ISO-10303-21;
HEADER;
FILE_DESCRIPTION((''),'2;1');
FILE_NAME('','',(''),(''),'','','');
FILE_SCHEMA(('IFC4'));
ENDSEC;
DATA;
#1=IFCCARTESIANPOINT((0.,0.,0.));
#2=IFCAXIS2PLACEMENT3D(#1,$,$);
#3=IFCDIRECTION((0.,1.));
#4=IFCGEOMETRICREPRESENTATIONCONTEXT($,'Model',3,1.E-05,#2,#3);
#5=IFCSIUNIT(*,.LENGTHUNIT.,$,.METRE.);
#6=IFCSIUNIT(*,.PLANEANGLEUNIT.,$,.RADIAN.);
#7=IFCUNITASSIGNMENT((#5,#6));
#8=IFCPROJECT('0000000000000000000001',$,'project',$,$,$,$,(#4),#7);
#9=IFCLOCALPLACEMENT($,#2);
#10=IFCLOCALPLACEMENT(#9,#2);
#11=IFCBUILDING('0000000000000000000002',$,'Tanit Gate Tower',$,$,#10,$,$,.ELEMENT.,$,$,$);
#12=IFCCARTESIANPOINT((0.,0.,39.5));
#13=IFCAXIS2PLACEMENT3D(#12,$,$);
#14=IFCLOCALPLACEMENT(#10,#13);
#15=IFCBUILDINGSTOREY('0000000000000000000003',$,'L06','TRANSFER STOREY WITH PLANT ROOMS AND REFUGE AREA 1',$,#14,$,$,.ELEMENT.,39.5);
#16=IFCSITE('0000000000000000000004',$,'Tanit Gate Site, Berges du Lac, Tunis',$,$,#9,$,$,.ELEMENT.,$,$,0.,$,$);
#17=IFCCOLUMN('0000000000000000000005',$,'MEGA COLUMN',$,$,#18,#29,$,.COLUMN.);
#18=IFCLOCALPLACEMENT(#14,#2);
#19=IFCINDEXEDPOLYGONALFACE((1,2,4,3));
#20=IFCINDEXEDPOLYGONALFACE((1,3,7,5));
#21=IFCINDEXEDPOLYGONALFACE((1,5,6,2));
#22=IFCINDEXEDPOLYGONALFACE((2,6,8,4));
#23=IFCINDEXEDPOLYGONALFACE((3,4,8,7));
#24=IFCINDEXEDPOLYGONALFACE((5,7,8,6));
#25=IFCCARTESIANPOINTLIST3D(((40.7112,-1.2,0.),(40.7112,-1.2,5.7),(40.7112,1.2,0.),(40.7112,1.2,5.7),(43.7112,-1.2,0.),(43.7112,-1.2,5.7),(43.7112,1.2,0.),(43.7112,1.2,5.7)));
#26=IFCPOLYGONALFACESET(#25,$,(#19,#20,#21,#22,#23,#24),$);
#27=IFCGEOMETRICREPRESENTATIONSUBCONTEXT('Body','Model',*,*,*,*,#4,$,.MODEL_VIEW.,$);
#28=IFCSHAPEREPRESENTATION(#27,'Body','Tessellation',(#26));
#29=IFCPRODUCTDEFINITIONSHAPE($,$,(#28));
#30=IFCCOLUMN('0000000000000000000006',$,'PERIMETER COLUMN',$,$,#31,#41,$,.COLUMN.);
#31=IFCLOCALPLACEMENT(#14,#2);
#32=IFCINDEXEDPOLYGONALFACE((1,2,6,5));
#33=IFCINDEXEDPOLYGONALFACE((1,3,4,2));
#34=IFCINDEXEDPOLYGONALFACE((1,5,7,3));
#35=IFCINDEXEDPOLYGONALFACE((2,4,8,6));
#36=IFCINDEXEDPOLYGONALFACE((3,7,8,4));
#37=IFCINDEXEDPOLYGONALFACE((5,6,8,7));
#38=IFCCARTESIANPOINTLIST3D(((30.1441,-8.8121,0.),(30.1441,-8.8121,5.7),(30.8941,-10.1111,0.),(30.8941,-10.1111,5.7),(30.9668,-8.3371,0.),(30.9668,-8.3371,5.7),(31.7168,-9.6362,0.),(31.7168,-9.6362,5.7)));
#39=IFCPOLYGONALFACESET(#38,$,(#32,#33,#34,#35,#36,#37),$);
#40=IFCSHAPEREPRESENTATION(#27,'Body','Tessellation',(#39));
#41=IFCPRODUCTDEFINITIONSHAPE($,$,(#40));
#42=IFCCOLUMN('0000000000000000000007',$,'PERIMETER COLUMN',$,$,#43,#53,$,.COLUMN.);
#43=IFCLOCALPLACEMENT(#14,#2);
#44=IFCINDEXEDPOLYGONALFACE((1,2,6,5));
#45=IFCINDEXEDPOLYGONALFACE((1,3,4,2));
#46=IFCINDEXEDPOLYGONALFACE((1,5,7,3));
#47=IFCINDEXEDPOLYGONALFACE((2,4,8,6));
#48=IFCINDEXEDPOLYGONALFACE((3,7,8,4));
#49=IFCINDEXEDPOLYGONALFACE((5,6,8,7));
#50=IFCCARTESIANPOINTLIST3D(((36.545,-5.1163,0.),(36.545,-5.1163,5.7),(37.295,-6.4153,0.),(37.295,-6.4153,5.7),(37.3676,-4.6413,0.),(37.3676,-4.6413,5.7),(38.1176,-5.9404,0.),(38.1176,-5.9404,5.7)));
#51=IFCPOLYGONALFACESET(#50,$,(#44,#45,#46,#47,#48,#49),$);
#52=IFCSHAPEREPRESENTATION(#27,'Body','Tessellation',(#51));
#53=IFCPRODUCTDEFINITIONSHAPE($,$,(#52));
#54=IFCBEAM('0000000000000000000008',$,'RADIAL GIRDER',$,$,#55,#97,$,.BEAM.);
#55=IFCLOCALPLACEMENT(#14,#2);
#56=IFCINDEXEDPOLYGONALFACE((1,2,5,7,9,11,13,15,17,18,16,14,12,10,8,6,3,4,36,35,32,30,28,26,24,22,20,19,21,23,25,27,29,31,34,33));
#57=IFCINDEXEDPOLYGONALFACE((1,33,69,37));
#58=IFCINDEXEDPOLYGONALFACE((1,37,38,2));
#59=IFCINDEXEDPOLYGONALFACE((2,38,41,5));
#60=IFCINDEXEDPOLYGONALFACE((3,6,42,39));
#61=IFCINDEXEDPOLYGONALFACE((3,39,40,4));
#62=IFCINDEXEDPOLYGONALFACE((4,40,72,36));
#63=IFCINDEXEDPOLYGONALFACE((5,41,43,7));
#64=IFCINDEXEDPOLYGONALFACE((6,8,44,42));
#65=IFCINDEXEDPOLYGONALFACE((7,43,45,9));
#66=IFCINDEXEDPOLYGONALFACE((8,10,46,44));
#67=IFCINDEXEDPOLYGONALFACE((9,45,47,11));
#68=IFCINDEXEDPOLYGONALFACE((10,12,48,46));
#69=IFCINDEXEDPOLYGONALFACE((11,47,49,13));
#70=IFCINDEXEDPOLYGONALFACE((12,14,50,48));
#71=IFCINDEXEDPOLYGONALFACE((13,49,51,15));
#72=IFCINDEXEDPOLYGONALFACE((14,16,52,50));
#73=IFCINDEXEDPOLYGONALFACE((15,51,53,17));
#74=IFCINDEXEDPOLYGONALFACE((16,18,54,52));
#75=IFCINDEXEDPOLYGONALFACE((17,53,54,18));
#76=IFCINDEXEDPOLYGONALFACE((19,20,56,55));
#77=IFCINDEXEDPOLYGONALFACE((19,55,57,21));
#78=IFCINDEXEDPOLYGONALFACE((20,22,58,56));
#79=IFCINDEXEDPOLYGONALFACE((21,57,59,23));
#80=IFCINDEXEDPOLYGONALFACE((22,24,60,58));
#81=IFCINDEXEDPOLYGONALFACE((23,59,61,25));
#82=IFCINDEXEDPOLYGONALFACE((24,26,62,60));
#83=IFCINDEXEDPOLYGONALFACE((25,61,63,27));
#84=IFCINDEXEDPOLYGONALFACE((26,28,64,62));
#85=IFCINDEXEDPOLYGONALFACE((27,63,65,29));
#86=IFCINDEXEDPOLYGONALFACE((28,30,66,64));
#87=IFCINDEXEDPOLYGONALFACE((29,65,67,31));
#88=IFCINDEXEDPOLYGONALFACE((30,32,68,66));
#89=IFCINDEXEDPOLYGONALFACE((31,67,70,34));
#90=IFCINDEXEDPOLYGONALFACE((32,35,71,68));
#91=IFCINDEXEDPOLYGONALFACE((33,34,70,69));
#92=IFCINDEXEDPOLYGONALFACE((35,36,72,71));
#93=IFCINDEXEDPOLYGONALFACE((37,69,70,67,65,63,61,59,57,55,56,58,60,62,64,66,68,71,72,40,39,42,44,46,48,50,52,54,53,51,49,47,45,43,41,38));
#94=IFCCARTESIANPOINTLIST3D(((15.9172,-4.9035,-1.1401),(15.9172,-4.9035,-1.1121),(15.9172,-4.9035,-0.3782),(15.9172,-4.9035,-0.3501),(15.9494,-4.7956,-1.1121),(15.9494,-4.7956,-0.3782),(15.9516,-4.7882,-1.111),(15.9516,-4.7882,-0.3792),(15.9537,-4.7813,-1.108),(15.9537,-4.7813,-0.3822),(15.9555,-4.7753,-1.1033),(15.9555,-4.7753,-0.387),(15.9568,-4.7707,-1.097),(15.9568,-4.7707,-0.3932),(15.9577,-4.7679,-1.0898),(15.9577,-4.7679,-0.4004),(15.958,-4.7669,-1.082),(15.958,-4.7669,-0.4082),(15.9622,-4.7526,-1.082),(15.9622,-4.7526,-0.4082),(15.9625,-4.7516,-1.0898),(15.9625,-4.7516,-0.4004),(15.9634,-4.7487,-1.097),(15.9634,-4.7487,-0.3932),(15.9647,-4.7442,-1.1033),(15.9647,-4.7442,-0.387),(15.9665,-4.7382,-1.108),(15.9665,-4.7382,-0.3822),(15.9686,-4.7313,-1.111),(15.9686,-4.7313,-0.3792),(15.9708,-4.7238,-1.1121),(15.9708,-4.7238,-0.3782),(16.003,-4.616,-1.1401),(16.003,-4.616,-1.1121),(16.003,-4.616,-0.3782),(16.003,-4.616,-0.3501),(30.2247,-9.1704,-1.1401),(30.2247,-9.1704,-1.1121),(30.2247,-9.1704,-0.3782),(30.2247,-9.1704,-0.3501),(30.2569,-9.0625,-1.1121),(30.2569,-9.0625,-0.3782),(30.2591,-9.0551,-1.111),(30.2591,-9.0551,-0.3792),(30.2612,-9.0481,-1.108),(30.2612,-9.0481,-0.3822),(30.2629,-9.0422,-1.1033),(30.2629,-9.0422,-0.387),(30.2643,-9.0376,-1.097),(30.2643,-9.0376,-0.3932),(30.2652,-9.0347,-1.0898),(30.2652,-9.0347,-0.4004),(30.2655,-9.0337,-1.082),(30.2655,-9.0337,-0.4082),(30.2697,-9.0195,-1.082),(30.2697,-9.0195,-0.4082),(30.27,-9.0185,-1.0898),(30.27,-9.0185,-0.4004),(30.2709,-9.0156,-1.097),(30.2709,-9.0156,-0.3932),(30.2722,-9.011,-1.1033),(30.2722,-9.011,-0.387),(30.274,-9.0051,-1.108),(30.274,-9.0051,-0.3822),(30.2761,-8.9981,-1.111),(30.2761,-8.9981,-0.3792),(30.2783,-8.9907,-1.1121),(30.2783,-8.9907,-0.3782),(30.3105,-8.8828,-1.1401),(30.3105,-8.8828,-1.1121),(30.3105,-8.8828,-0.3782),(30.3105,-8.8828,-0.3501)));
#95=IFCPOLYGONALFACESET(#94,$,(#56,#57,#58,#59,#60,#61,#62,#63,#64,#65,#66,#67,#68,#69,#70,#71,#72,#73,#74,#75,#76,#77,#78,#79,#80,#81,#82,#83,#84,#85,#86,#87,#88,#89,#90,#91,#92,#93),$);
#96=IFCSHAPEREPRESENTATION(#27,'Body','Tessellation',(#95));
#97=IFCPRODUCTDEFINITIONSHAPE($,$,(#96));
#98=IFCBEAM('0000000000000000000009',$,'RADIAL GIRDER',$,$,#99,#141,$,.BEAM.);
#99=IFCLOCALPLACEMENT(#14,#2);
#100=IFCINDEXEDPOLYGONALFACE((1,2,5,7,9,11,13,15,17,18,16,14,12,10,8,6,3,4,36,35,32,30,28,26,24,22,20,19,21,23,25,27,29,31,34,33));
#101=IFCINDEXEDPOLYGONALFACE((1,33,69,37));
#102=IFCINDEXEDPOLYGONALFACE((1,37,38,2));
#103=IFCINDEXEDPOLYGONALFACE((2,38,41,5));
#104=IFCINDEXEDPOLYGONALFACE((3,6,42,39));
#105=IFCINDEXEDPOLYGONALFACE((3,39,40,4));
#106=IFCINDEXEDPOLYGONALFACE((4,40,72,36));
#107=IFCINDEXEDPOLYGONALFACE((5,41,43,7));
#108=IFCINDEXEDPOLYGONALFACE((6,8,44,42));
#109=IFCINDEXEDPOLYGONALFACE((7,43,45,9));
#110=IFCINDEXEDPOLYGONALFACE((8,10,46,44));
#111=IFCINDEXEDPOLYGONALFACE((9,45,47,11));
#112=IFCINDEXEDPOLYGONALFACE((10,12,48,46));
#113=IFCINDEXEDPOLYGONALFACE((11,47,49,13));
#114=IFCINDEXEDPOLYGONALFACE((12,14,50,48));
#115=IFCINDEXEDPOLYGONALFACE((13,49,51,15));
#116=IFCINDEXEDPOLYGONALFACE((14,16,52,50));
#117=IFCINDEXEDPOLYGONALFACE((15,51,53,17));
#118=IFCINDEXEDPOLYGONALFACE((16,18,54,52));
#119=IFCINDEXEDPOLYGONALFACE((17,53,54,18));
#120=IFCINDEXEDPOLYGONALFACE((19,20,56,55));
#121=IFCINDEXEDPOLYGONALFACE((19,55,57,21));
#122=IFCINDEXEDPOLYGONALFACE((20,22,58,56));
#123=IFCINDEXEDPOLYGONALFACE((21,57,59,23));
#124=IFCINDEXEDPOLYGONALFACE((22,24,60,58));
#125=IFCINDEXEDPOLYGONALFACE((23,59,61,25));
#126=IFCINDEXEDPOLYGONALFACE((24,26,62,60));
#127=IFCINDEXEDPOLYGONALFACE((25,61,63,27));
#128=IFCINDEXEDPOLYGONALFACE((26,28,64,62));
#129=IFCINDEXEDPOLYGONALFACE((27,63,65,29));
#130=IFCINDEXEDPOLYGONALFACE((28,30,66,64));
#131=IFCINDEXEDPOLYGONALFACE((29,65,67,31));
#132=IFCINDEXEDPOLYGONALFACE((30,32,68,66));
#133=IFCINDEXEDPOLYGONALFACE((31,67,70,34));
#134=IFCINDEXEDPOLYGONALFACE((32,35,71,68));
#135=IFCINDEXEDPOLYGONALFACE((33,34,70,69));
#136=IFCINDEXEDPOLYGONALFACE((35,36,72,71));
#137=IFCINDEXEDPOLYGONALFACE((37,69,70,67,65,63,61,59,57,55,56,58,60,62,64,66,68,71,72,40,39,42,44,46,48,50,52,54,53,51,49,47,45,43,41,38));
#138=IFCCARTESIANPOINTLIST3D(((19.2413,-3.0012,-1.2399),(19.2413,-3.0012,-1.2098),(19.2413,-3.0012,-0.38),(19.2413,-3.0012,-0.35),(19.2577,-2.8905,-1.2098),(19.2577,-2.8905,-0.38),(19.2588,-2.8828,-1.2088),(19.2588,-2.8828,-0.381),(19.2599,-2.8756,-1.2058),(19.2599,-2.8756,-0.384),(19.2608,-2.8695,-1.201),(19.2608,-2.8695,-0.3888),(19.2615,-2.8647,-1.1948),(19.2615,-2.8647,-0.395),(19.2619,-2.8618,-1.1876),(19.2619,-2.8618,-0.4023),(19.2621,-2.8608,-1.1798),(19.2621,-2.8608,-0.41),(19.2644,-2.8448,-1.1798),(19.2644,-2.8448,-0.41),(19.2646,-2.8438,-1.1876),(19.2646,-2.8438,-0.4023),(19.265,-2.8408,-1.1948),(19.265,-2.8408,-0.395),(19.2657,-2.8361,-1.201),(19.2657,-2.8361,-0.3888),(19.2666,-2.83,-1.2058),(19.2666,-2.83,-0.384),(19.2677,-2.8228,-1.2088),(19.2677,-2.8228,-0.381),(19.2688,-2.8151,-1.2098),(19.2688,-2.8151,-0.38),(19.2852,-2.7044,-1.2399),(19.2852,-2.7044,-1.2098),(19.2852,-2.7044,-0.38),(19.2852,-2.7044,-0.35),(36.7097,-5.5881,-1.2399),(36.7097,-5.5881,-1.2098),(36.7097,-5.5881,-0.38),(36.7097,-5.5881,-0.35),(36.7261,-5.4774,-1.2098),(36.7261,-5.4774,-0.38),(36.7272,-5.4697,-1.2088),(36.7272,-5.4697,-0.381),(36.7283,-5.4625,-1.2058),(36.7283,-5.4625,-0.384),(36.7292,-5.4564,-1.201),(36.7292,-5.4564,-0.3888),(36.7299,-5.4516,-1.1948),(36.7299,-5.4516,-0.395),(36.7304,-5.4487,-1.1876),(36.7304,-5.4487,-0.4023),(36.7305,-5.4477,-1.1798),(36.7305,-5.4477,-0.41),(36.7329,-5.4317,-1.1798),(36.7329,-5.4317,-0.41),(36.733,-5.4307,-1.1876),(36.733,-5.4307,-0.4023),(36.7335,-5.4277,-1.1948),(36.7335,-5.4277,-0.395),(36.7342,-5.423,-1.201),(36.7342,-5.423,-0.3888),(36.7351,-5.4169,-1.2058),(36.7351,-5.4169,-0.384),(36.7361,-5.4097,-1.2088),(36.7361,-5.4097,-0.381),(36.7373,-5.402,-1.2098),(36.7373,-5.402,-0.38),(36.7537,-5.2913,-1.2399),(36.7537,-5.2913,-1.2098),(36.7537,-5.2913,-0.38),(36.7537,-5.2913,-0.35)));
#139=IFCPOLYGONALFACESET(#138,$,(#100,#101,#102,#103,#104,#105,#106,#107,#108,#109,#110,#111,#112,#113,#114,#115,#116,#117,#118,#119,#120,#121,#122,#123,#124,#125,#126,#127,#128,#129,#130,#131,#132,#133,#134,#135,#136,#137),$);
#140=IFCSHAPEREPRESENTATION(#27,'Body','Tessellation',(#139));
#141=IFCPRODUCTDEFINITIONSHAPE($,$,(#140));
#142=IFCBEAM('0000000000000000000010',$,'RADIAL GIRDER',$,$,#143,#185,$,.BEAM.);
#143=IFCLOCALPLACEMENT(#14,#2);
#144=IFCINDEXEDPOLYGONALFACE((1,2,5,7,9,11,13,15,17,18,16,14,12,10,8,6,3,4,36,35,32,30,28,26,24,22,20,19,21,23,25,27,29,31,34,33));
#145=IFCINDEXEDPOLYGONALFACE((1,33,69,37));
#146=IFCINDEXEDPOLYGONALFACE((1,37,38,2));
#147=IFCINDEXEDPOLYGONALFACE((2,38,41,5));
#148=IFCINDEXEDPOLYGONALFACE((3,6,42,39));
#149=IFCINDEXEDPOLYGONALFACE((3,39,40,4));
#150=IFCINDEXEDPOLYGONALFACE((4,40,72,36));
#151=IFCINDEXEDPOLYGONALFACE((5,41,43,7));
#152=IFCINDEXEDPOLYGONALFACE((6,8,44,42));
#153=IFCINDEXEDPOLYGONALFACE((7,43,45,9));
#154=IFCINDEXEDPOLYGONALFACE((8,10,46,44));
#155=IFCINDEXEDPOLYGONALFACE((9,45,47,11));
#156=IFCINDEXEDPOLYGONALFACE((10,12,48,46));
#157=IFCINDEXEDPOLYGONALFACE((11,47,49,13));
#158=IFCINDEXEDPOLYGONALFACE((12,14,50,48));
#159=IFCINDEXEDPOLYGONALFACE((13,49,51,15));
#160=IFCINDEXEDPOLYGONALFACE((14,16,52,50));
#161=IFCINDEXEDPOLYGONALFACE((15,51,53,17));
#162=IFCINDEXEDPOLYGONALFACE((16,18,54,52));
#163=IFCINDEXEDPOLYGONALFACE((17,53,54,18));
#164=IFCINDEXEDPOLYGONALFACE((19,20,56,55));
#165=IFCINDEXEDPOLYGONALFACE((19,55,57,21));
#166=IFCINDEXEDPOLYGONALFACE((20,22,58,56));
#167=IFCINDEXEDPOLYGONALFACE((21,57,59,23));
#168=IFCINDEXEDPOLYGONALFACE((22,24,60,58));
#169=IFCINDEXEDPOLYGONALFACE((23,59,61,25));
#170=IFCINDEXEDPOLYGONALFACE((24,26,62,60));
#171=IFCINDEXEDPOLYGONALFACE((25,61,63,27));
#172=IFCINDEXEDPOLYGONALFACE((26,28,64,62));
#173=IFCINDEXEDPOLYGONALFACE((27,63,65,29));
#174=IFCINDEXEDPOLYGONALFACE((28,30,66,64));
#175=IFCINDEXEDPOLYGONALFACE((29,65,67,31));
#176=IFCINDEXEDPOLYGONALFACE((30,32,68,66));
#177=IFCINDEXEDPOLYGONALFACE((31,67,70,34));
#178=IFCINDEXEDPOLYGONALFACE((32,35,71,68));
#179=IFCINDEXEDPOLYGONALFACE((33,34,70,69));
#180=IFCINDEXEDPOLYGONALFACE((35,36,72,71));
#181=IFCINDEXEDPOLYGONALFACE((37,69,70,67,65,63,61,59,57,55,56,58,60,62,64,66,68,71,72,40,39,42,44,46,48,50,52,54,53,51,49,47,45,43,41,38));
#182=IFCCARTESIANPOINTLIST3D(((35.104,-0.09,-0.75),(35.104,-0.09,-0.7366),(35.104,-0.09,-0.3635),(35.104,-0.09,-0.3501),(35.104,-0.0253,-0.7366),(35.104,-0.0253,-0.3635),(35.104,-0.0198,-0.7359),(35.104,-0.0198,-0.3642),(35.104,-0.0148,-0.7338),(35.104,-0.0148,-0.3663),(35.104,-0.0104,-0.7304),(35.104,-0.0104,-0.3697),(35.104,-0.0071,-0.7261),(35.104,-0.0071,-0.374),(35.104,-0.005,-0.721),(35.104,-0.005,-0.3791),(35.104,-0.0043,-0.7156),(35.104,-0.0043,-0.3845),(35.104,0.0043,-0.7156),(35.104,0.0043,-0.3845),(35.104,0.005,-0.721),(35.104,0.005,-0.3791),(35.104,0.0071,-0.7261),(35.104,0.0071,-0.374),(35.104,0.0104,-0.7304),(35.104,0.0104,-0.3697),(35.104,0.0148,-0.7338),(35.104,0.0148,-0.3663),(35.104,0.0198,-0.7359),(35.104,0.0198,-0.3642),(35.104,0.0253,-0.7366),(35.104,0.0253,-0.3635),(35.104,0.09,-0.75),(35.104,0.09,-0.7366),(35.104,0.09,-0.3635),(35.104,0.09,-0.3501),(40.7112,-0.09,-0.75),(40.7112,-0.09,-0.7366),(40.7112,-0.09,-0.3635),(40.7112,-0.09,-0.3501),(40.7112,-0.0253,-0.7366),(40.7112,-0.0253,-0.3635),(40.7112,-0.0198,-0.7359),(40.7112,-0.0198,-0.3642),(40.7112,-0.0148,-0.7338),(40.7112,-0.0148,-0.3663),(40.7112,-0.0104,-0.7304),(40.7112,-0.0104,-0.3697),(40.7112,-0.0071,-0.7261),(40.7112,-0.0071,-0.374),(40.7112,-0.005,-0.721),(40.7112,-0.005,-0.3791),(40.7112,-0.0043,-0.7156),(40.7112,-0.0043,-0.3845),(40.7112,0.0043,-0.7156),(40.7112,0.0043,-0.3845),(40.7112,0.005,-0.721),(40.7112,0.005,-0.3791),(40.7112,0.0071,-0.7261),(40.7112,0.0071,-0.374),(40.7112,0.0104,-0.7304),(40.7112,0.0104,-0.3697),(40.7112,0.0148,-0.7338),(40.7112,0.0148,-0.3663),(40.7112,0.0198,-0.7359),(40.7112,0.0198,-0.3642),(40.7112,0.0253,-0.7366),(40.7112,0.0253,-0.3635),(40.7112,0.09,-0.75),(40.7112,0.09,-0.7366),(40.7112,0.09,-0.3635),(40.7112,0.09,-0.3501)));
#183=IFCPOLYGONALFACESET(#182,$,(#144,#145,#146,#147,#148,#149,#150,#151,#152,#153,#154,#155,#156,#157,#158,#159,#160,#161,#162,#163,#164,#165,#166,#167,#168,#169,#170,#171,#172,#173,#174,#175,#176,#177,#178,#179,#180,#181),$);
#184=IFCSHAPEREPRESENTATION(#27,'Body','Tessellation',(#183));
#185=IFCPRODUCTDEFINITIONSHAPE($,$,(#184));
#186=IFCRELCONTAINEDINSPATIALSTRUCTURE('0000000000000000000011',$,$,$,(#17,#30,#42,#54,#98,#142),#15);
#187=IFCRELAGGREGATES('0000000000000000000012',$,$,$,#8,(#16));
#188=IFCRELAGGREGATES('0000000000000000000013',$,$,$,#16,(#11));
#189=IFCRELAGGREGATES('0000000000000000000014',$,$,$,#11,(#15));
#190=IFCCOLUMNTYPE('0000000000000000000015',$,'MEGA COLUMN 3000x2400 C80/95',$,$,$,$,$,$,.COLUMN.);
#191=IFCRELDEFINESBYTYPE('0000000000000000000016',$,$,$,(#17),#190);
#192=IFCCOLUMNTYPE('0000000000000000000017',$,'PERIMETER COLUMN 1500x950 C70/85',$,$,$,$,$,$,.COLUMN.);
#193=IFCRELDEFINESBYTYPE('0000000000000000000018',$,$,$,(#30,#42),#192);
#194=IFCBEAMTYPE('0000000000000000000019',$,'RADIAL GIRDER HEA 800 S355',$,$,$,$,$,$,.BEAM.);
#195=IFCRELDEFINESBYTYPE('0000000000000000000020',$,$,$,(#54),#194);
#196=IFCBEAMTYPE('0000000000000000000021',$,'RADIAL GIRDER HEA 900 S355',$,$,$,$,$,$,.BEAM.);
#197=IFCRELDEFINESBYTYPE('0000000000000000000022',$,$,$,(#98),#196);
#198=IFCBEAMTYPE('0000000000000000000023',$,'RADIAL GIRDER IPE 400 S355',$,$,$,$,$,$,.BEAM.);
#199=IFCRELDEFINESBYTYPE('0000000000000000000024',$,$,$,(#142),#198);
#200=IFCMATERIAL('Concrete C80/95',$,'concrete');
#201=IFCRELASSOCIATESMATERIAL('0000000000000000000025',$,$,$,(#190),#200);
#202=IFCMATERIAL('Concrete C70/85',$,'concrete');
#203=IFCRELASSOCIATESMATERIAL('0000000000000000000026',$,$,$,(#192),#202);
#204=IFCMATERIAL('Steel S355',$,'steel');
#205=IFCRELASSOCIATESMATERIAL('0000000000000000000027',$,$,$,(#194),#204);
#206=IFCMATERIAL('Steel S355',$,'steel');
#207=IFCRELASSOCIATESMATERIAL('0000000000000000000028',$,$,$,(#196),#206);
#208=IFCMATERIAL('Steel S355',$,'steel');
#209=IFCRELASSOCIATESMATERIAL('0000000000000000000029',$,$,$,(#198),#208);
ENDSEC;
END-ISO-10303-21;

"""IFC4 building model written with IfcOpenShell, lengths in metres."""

from ifc_helpers import new_model, si_unit, direction, frame, origin, origin_2d, place, context, subcontext, project, spatial, rectangle, i_section, extrude, material, material_profile, profile_set, type_object, element, save


model = new_model("IFC4")

# Units and contexts
model_context = context("Model", 3, precision=1e-05, world=origin(), true_north=direction((0.0, 1.0)))
body_context = subcontext(model_context, "Body", "Model", "MODEL_VIEW")
ifc_project = project(units=[si_unit("LENGTHUNIT", "METRE"), si_unit("PLANEANGLEUNIT", "RADIAN")], contexts=[model_context])

# Site, building, storey
site_placement = place(None, origin())
site = spatial("IfcSite", under=ifc_project, at=site_placement, Name="Tanit Gate Site, Berges du Lac, Tunis", CompositionType="ELEMENT", RefElevation=0.0)
building_placement = place(site_placement, origin())
building = spatial("IfcBuilding", under=site, at=building_placement, Name="Tanit Gate Tower", CompositionType="ELEMENT")
storey_placement = place(building_placement, frame((0.0, 0.0, 39.5)))
storey = spatial("IfcBuildingStorey", under=building, at=storey_placement, Name="L06", Description="TRANSFER STOREY WITH PLANT ROOMS AND REFUGE AREA 1", CompositionType="ELEMENT", Elevation=39.5)

# Columns
ifc_material_1 = material(Name="Concrete C80/95", Category="concrete")
ifc_material_profile_1 = material_profile(ifc_material_1, rectangle(XDim=3.0, YDim=2.3999, at=origin_2d()), Name="RC 3000x2400")
ifc_profile_set_1 = profile_set([ifc_material_profile_1], Name="Concrete C80/95")
column_type_1 = type_object("IfcColumnType", Name="MEGA COLUMN 3000x2400 C80/95", PredefinedType="COLUMN", material=ifc_profile_set_1)
column_placement = place(storey_placement, frame((42.2112, 0.0, 0.0), z_axis=(0.0, 0.0, 1.0), x_axis=(1.0, 0.0, 0.0)))
element("IfcColumn", 1, at=column_placement, inside=storey, type_object=column_type_1, Name="MEGA COLUMN", PredefinedType="COLUMN", context=body_context, shape_type="SweptSolid", body=[
    extrude(rectangle(XDim=3.0, YDim=2.3999, at=origin_2d()), origin(), (0.0, 0.0, 1.0), 5.7),
])
ifc_material_2 = material(Name="Concrete C70/85", Category="concrete")
ifc_material_profile_2 = material_profile(ifc_material_2, rectangle(XDim=1.5, YDim=0.95, at=origin_2d()), Name="RC 1500x950")
ifc_profile_set_2 = profile_set([ifc_material_profile_2], Name="Concrete C70/85")
column_type_2 = type_object("IfcColumnType", Name="PERIMETER COLUMN 1500x950 C70/85", PredefinedType="COLUMN", material=ifc_profile_set_2)
for number, where, z_axis, x_axis, name in (
    (2, (30.9304, -9.2241, 0.0), (0.0, 0.0, 1.0), (0.5, -0.866025, 0.0), "PERIMETER COLUMN"),
    (3, (37.3313, -5.5283, 0.0), (0.0, 0.0, 1.0), (0.5, -0.866025, 0.0), "PERIMETER COLUMN"),
):
    element("IfcColumn", number, at=place(storey_placement, frame(where, z_axis=z_axis, x_axis=x_axis)), inside=storey, type_object=column_type_2, Name=name, PredefinedType="COLUMN", context=body_context, shape_type="SweptSolid", body=[
        extrude(rectangle(XDim=1.5, YDim=0.95, at=origin_2d()), origin(), (0.0, 0.0, 1.0), 5.7),
    ])

# Beams
ifc_material_3 = material(Name="Steel S355", Category="steel")
ifc_material_profile_3 = material_profile(ifc_material_3, i_section(OverallWidth=0.3, OverallDepth=0.79, WebThickness=0.0149, FlangeThickness=0.0281, FilletRadius=0.03, at=origin_2d()), Name="HEA 800")
ifc_profile_set_3 = profile_set([ifc_material_profile_3], Name="Steel S355")
beam_type_1 = type_object("IfcBeamType", Name="RADIAL GIRDER HEA 800 S355", PredefinedType="BEAM", material=ifc_profile_set_3)
beam_1_placement = place(storey_placement, frame((30.2676, -9.0266, -0.7451), z_axis=(-0.958293, 0.285789, 0.0), x_axis=(-0.285789, -0.958293, 0.0)))
element("IfcBeam", 4, at=beam_1_placement, inside=storey, type_object=beam_type_1, Name="RADIAL GIRDER", PredefinedType="BEAM", context=body_context, shape_type="SweptSolid", body=[
    extrude(i_section(OverallWidth=0.3, OverallDepth=0.79, WebThickness=0.0149, FlangeThickness=0.0281, FilletRadius=0.03, at=origin_2d()), origin(), (0.0, 0.0, 1.0), 14.9302),
])
ifc_material_4 = material(Name="Steel S355", Category="steel")
ifc_material_profile_4 = material_profile(ifc_material_4, i_section(OverallWidth=0.3, OverallDepth=0.8899, WebThickness=0.0161, FlangeThickness=0.03, FilletRadius=0.03, at=origin_2d()), Name="HEA 900")
ifc_profile_set_4 = profile_set([ifc_material_profile_4], Name="Steel S355")
beam_type_2 = type_object("IfcBeamType", Name="RADIAL GIRDER HEA 900 S355", PredefinedType="BEAM", material=ifc_profile_set_4)
beam_2_placement = place(storey_placement, frame((36.7317, -5.4397, -0.7949), z_axis=(-0.989212, 0.146493, 0.0), x_axis=(-0.146493, -0.989212, 0.0)))
element("IfcBeam", 5, at=beam_2_placement, inside=storey, type_object=beam_type_2, Name="RADIAL GIRDER", PredefinedType="BEAM", context=body_context, shape_type="SweptSolid", body=[
    extrude(i_section(OverallWidth=0.3, OverallDepth=0.8899, WebThickness=0.0161, FlangeThickness=0.03, FilletRadius=0.03, at=origin_2d()), origin(), (0.0, 0.0, 1.0), 17.6589),
])
ifc_material_5 = material(Name="Steel S355", Category="steel")
ifc_material_profile_5 = material_profile(ifc_material_5, i_section(OverallWidth=0.1799, OverallDepth=0.3999, WebThickness=0.0085, FlangeThickness=0.0134, FilletRadius=0.021, at=origin_2d()), Name="IPE 400")
ifc_profile_set_5 = profile_set([ifc_material_profile_5], Name="Steel S355")
beam_type_3 = type_object("IfcBeamType", Name="RADIAL GIRDER IPE 400 S355", PredefinedType="BEAM", material=ifc_profile_set_5)
beam_3_placement = place(storey_placement, frame((40.7112, 0.0, -0.55), z_axis=(-1.0, 0.0, 0.0), x_axis=(0.0, -1.0, 0.0)))
element("IfcBeam", 6, at=beam_3_placement, inside=storey, type_object=beam_type_3, Name="RADIAL GIRDER", PredefinedType="BEAM", context=body_context, shape_type="SweptSolid", body=[
    extrude(i_section(OverallWidth=0.1799, OverallDepth=0.3999, WebThickness=0.0085, FlangeThickness=0.0134, FilletRadius=0.021, at=origin_2d()), origin(), (0.0, 0.0, 1.0), 5.6072),
])

save(model, "model.ifc")
